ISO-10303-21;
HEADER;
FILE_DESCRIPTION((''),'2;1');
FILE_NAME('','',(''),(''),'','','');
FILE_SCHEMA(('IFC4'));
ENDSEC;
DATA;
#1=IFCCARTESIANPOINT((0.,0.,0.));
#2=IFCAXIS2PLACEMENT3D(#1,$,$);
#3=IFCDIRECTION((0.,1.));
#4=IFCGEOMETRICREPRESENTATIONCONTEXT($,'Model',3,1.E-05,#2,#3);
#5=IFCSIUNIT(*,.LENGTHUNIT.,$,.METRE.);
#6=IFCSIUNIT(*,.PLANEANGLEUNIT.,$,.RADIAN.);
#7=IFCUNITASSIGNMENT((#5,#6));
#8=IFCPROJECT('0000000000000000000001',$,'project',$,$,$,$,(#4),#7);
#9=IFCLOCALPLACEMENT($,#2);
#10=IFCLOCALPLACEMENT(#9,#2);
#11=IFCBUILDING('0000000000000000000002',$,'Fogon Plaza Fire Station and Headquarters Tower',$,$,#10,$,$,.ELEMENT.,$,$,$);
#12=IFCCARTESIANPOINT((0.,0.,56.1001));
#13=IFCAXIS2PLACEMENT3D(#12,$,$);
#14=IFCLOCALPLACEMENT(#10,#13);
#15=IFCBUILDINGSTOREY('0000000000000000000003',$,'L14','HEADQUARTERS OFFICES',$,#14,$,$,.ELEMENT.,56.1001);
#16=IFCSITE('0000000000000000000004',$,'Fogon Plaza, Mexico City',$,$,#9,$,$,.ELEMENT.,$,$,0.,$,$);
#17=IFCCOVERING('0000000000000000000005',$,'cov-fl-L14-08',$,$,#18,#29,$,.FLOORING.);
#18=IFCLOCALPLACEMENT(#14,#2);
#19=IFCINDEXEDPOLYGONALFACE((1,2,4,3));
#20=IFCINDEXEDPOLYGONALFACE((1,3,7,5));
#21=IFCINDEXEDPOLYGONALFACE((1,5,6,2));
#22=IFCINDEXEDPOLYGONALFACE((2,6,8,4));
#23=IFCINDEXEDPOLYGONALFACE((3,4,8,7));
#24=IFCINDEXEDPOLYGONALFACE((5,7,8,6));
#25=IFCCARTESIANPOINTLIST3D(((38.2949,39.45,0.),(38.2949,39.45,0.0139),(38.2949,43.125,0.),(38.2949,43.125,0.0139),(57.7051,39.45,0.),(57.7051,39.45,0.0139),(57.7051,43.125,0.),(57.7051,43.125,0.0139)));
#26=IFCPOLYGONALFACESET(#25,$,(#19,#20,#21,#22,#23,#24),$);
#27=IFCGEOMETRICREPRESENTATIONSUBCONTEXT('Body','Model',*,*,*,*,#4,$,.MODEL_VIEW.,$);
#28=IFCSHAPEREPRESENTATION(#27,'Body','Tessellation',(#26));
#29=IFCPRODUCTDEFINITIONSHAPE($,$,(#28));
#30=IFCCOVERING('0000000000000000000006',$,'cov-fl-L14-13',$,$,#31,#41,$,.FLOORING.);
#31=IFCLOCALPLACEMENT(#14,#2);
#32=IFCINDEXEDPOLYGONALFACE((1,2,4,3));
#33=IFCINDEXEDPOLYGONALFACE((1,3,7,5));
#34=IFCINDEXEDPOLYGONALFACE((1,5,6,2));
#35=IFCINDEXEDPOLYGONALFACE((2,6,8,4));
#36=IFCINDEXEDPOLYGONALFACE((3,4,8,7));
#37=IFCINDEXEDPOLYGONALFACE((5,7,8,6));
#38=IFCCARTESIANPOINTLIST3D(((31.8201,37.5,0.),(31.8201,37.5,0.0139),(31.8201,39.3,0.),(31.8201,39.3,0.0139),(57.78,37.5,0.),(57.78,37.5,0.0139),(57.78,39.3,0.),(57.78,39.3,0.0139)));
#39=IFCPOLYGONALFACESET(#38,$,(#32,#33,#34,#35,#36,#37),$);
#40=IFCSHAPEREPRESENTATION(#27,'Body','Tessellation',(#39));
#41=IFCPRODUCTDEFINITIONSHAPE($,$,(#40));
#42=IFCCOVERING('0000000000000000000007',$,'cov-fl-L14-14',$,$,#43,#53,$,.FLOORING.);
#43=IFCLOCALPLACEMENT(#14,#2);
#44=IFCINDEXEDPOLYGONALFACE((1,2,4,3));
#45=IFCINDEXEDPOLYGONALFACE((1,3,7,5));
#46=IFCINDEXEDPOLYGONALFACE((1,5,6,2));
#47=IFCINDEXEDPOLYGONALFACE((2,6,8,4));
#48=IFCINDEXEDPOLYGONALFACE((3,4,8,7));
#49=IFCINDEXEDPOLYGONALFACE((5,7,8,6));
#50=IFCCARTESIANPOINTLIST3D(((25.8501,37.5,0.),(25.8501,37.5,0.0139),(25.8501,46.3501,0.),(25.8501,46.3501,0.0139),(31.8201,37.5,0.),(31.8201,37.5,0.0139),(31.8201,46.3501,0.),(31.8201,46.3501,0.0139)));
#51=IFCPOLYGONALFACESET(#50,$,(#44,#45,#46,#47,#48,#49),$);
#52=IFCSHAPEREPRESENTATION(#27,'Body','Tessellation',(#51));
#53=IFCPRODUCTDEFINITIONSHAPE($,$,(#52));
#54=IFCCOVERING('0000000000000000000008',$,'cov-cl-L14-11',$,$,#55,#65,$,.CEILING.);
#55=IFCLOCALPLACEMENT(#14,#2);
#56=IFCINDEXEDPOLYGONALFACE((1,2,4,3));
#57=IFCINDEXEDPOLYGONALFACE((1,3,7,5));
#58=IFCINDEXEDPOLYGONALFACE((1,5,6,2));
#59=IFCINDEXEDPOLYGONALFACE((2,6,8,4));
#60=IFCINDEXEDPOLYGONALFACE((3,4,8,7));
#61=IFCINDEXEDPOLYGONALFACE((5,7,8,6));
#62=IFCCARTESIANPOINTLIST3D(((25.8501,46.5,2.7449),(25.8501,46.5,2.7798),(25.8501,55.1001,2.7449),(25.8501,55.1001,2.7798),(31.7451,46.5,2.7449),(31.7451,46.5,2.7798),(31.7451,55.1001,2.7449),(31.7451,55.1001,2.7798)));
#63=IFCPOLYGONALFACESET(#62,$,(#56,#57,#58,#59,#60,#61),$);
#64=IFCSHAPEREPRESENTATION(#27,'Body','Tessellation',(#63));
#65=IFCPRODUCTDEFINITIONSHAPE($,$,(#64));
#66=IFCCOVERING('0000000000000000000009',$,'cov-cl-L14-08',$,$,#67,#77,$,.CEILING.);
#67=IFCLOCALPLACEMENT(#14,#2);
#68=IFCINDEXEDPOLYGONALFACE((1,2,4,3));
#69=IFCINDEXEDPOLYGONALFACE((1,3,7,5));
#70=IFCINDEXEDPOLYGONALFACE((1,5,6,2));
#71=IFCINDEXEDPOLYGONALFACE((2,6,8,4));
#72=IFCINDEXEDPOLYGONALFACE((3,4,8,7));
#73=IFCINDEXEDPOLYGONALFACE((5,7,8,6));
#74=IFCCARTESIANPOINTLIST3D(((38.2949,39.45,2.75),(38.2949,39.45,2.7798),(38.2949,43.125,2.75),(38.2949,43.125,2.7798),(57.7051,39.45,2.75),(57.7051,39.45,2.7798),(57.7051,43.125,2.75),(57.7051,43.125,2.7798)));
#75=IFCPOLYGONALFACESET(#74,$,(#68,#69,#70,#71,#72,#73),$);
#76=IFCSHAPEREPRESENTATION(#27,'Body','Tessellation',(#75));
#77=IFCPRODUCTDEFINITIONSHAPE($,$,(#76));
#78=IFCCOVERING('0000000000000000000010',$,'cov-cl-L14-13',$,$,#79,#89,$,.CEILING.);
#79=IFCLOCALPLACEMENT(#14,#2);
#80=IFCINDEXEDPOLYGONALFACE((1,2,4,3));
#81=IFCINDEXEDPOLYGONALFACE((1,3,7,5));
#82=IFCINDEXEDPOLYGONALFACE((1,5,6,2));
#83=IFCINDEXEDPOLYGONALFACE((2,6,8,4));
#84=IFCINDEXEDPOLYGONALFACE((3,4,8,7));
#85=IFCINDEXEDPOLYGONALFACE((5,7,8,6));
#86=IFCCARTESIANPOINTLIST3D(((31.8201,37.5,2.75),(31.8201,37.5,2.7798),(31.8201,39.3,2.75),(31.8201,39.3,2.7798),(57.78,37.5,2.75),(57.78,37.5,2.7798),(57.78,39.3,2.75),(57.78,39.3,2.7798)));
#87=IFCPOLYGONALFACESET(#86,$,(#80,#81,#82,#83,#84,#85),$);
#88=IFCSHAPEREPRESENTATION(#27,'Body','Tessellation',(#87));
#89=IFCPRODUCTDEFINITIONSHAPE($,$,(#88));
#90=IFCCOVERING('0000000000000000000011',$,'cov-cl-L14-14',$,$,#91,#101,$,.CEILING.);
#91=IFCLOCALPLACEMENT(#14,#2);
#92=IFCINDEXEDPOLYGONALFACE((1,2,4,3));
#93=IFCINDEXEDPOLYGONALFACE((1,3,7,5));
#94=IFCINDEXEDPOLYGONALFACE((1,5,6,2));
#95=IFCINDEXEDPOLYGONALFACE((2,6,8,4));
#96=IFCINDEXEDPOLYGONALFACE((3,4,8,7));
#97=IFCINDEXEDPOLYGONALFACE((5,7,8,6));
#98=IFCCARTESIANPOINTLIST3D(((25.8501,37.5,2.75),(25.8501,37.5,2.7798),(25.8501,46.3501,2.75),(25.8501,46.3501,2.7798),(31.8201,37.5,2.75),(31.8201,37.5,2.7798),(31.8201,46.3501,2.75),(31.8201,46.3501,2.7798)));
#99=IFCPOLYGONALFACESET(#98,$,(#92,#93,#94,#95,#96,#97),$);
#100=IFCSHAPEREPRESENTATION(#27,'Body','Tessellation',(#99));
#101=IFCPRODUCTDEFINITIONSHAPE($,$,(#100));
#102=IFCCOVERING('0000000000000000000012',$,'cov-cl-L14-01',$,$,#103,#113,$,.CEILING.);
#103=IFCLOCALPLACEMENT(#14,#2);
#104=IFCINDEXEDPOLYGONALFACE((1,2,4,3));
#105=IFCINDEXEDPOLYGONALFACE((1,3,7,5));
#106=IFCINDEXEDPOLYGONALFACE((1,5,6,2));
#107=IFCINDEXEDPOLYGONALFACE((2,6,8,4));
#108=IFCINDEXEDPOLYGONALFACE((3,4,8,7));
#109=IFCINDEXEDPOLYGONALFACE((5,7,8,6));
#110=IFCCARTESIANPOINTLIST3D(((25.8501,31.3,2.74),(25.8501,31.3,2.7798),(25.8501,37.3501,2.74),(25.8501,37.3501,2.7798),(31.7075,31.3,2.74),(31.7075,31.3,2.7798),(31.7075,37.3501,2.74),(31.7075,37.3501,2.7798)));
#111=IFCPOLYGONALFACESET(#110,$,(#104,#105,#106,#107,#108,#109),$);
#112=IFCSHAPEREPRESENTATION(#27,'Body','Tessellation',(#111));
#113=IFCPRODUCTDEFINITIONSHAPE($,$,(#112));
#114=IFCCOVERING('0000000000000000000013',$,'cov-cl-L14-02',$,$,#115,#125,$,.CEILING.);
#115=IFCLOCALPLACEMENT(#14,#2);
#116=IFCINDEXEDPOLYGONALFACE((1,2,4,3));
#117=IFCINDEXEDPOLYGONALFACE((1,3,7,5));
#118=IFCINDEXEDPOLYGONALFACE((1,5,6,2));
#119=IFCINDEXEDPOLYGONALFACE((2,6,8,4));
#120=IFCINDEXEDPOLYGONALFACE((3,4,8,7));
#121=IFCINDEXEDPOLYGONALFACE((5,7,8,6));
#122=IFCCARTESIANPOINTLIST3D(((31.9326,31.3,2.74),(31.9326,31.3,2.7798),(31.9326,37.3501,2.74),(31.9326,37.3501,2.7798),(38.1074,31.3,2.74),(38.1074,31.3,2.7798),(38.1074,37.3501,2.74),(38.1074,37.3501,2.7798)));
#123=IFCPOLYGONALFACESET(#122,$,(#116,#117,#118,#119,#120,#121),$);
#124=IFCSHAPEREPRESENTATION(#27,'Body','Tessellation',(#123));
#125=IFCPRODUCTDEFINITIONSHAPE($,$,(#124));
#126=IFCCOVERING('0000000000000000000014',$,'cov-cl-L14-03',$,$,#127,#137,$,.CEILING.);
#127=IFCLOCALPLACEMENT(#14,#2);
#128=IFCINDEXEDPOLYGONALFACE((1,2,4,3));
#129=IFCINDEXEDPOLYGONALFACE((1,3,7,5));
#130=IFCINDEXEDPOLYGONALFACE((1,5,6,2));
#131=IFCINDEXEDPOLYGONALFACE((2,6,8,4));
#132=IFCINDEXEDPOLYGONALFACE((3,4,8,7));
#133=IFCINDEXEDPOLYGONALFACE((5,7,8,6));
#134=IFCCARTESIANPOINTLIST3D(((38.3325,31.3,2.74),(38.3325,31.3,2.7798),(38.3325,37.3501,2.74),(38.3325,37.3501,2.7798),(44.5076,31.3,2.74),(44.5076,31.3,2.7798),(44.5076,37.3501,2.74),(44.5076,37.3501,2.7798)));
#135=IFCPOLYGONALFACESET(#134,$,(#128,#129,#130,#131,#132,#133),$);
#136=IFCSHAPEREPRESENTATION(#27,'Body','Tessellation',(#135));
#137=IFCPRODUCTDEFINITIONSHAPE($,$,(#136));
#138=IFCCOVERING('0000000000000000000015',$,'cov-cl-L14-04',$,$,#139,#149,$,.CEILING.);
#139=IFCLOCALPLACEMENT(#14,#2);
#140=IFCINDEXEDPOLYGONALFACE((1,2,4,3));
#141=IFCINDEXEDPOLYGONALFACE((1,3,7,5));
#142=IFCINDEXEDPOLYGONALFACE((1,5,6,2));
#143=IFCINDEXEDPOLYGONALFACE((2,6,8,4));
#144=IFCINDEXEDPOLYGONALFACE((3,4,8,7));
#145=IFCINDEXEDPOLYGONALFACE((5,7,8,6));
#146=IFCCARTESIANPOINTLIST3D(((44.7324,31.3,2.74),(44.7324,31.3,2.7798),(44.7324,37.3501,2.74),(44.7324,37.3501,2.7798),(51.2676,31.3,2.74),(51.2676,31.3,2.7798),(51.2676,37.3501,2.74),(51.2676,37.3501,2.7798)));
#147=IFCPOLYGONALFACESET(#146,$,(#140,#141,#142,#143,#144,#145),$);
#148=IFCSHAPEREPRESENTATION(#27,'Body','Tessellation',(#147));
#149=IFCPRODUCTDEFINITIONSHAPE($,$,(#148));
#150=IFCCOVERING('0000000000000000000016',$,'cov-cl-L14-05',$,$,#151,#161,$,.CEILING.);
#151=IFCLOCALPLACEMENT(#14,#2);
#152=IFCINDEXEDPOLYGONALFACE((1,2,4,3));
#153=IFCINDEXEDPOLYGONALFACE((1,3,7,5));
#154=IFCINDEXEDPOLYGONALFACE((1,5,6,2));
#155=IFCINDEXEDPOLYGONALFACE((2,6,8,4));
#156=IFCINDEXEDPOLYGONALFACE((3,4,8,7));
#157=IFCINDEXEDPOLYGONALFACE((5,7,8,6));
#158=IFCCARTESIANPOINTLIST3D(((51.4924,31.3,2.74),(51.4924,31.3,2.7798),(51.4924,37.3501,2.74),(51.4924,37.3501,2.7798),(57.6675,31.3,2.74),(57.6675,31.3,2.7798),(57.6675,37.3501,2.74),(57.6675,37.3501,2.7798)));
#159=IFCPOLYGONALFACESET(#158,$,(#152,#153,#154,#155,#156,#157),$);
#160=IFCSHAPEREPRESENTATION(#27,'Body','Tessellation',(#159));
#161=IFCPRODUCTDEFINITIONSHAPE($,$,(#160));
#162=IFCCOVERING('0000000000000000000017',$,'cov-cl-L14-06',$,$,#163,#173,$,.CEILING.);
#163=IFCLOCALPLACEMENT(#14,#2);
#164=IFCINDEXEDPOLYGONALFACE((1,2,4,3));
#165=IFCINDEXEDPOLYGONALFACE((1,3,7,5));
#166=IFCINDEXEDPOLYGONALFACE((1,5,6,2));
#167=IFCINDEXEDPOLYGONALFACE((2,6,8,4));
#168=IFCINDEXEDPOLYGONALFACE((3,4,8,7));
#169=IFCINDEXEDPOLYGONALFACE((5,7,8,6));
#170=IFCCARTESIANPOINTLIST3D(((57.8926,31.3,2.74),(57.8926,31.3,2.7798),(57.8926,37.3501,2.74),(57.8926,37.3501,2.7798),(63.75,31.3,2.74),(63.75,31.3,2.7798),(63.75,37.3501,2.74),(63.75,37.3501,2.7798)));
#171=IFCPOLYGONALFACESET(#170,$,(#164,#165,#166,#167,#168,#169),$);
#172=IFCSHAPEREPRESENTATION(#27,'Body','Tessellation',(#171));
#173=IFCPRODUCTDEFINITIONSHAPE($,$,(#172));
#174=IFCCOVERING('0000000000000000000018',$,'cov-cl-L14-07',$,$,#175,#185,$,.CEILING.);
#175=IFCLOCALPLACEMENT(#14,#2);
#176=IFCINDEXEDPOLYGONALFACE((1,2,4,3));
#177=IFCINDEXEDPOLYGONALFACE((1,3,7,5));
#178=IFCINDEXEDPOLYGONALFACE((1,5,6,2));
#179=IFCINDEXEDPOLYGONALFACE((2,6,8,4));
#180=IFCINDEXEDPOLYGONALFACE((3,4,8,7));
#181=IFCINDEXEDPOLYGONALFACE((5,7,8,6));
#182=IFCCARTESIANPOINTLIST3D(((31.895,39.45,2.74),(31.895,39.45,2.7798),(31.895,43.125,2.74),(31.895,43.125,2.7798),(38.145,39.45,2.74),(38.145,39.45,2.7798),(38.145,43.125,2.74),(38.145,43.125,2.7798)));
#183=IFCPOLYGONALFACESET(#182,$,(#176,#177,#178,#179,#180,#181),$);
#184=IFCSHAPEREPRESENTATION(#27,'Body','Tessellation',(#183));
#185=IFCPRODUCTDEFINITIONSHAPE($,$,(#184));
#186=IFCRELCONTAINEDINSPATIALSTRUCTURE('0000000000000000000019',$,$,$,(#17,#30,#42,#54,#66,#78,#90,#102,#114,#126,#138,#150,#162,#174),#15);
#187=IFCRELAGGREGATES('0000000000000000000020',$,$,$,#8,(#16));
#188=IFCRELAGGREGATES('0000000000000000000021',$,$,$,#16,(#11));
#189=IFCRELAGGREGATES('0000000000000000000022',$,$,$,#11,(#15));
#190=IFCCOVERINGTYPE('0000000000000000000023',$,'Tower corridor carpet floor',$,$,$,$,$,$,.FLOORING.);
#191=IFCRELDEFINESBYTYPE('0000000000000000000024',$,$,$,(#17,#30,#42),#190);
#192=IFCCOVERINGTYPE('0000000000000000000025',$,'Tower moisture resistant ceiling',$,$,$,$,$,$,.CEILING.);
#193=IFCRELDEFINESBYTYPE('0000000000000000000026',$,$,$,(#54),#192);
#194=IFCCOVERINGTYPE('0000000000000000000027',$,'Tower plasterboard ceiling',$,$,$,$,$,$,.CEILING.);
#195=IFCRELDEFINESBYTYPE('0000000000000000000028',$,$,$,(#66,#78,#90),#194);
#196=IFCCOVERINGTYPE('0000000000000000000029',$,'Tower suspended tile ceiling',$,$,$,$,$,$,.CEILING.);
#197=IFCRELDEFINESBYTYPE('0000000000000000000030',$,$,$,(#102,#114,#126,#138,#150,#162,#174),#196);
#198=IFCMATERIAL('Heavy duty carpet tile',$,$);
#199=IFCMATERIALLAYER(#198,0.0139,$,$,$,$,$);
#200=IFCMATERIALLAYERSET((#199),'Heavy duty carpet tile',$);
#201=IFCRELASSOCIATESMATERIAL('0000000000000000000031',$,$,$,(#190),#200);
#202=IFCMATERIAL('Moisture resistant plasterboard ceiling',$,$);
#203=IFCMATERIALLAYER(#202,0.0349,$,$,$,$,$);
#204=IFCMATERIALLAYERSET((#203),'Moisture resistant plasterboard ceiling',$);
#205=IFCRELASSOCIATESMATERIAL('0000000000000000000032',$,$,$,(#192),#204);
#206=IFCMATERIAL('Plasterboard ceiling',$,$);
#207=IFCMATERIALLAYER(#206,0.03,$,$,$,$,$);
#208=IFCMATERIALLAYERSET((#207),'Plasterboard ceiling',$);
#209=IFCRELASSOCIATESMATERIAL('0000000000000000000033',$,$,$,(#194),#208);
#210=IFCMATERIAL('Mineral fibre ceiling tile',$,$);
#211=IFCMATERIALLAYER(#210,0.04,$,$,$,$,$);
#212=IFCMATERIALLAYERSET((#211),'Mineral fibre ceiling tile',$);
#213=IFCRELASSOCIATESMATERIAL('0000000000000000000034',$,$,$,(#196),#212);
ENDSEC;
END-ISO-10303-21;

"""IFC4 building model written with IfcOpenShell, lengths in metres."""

from ifc_helpers import new_model, si_unit, direction, frame, origin, place, context, subcontext, project, spatial, polyline, outline, extrude, material, layer, layer_set, type_object, element, save


model = new_model("IFC4")

# Units and contexts
model_context = context("Model", 3, precision=1e-05, world=origin(), true_north=direction((0.0, 1.0)))
body_context = subcontext(model_context, "Body", "Model", "MODEL_VIEW")
ifc_project = project(units=[si_unit("LENGTHUNIT", "METRE"), si_unit("PLANEANGLEUNIT", "RADIAN")], contexts=[model_context])

# Site, building, storey
site_placement = place(None, origin())
site = spatial("IfcSite", under=ifc_project, at=site_placement, Name="Fogon Plaza, Mexico City", CompositionType="ELEMENT", RefElevation=0.0)
building_placement = place(site_placement, origin())
building = spatial("IfcBuilding", under=site, at=building_placement, Name="Fogon Plaza Fire Station and Headquarters Tower", CompositionType="ELEMENT")
storey_placement = place(building_placement, frame((0.0, 0.0, 56.1001)))
storey = spatial("IfcBuildingStorey", under=building, at=storey_placement, Name="L14", Description="HEADQUARTERS OFFICES", CompositionType="ELEMENT", Elevation=56.1001)

# Coverings
ifc_material_1 = material(Name="Heavy duty carpet tile")
ifc_layer_1 = layer(ifc_material_1, 0.0139)
ifc_layer_set_1 = layer_set([ifc_layer_1], Name="Heavy duty carpet tile")
covering_type_1 = type_object("IfcCoveringType", Name="Tower corridor carpet floor", PredefinedType="FLOORING", material=ifc_layer_set_1)
covering_1_placement = place(storey_placement, origin())
element("IfcCovering", 1, at=covering_1_placement, inside=storey, type_object=covering_type_1, Name="cov-fl-L14-08", PredefinedType="FLOORING", context=body_context, shape_type="SweptSolid", body=[
    extrude(outline(polyline([(57.7051, 39.45), (57.7051, 43.125), (38.2949, 43.125), (38.2949, 39.45), (57.7051, 39.45)])), origin(), (0.0, 0.0, 1.0), 0.0139),
])
covering_2_placement = place(storey_placement, origin())
element("IfcCovering", 2, at=covering_2_placement, inside=storey, type_object=covering_type_1, Name="cov-fl-L14-13", PredefinedType="FLOORING", context=body_context, shape_type="SweptSolid", body=[
    extrude(outline(polyline([(57.78, 37.5), (57.78, 39.3), (31.8201, 39.3), (31.8201, 37.5), (57.78, 37.5)])), origin(), (0.0, 0.0, 1.0), 0.0139),
])
covering_3_placement = place(storey_placement, origin())
element("IfcCovering", 3, at=covering_3_placement, inside=storey, type_object=covering_type_1, Name="cov-fl-L14-14", PredefinedType="FLOORING", context=body_context, shape_type="SweptSolid", body=[
    extrude(outline(polyline([(31.8201, 37.5), (31.8201, 46.3501), (25.8501, 46.3501), (25.8501, 37.5), (31.8201, 37.5)])), origin(), (0.0, 0.0, 1.0), 0.0139),
])
ifc_material_2 = material(Name="Moisture resistant plasterboard ceiling")
ifc_layer_2 = layer(ifc_material_2, 0.0349)
ifc_layer_set_2 = layer_set([ifc_layer_2], Name="Moisture resistant plasterboard ceiling")
covering_type_2 = type_object("IfcCoveringType", Name="Tower moisture resistant ceiling", PredefinedType="CEILING", material=ifc_layer_set_2)
covering_4_placement = place(storey_placement, frame((0.0, 0.0, 2.7449)))
element("IfcCovering", 4, at=covering_4_placement, inside=storey, type_object=covering_type_2, Name="cov-cl-L14-11", PredefinedType="CEILING", context=body_context, shape_type="SweptSolid", body=[
    extrude(outline(polyline([(31.7451, 46.5), (31.7451, 55.1001), (25.8501, 55.1001), (25.8501, 46.5), (31.7451, 46.5)])), origin(), (0.0, 0.0, 1.0), 0.0349),
])
ifc_material_3 = material(Name="Plasterboard ceiling")
ifc_layer_3 = layer(ifc_material_3, 0.03)
ifc_layer_set_3 = layer_set([ifc_layer_3], Name="Plasterboard ceiling")
covering_type_3 = type_object("IfcCoveringType", Name="Tower plasterboard ceiling", PredefinedType="CEILING", material=ifc_layer_set_3)
covering_5_placement = place(storey_placement, frame((0.0, 0.0, 2.75)))
element("IfcCovering", 5, at=covering_5_placement, inside=storey, type_object=covering_type_3, Name="cov-cl-L14-08", PredefinedType="CEILING", context=body_context, shape_type="SweptSolid", body=[
    extrude(outline(polyline([(57.7051, 39.45), (57.7051, 43.125), (38.2949, 43.125), (38.2949, 39.45), (57.7051, 39.45)])), origin(), (0.0, 0.0, 1.0), 0.0298),
])
covering_6_placement = place(storey_placement, frame((0.0, 0.0, 2.75)))
element("IfcCovering", 6, at=covering_6_placement, inside=storey, type_object=covering_type_3, Name="cov-cl-L14-13", PredefinedType="CEILING", context=body_context, shape_type="SweptSolid", body=[
    extrude(outline(polyline([(57.78, 37.5), (57.78, 39.3), (31.8201, 39.3), (31.8201, 37.5), (57.78, 37.5)])), origin(), (0.0, 0.0, 1.0), 0.0298),
])
covering_7_placement = place(storey_placement, frame((0.0, 0.0, 2.75)))
element("IfcCovering", 7, at=covering_7_placement, inside=storey, type_object=covering_type_3, Name="cov-cl-L14-14", PredefinedType="CEILING", context=body_context, shape_type="SweptSolid", body=[
    extrude(outline(polyline([(31.8201, 37.5), (31.8201, 46.3501), (25.8501, 46.3501), (25.8501, 37.5), (31.8201, 37.5)])), origin(), (0.0, 0.0, 1.0), 0.0298),
])
ifc_material_4 = material(Name="Mineral fibre ceiling tile")
ifc_layer_4 = layer(ifc_material_4, 0.04)
ifc_layer_set_4 = layer_set([ifc_layer_4], Name="Mineral fibre ceiling tile")
covering_type_4 = type_object("IfcCoveringType", Name="Tower suspended tile ceiling", PredefinedType="CEILING", material=ifc_layer_set_4)
covering_8_placement = place(storey_placement, frame((0.0, 0.0, 2.74)))
element("IfcCovering", 8, at=covering_8_placement, inside=storey, type_object=covering_type_4, Name="cov-cl-L14-01", PredefinedType="CEILING", context=body_context, shape_type="SweptSolid", body=[
    extrude(outline(polyline([(31.7075, 31.3), (31.7075, 37.3501), (25.8501, 37.3501), (25.8501, 31.3), (31.7075, 31.3)])), origin(), (0.0, 0.0, 1.0), 0.0398),
])
covering_9_placement = place(storey_placement, frame((0.0, 0.0, 2.74)))
element("IfcCovering", 9, at=covering_9_placement, inside=storey, type_object=covering_type_4, Name="cov-cl-L14-02", PredefinedType="CEILING", context=body_context, shape_type="SweptSolid", body=[
    extrude(outline(polyline([(38.1074, 31.3), (38.1074, 37.3501), (31.9326, 37.3501), (31.9326, 31.3), (38.1074, 31.3)])), origin(), (0.0, 0.0, 1.0), 0.0398),
])
covering_10_placement = place(storey_placement, frame((0.0, 0.0, 2.74)))
element("IfcCovering", 10, at=covering_10_placement, inside=storey, type_object=covering_type_4, Name="cov-cl-L14-03", PredefinedType="CEILING", context=body_context, shape_type="SweptSolid", body=[
    extrude(outline(polyline([(44.5076, 31.3), (44.5076, 37.3501), (38.3325, 37.3501), (38.3325, 31.3), (44.5076, 31.3)])), origin(), (0.0, 0.0, 1.0), 0.0398),
])
covering_11_placement = place(storey_placement, frame((0.0, 0.0, 2.74)))
element("IfcCovering", 11, at=covering_11_placement, inside=storey, type_object=covering_type_4, Name="cov-cl-L14-04", PredefinedType="CEILING", context=body_context, shape_type="SweptSolid", body=[
    extrude(outline(polyline([(51.2676, 31.3), (51.2676, 37.3501), (44.7324, 37.3501), (44.7324, 31.3), (51.2676, 31.3)])), origin(), (0.0, 0.0, 1.0), 0.0398),
])
covering_12_placement = place(storey_placement, frame((0.0, 0.0, 2.74)))
element("IfcCovering", 12, at=covering_12_placement, inside=storey, type_object=covering_type_4, Name="cov-cl-L14-05", PredefinedType="CEILING", context=body_context, shape_type="SweptSolid", body=[
    extrude(outline(polyline([(57.6675, 31.3), (57.6675, 37.3501), (51.4924, 37.3501), (51.4924, 31.3), (57.6675, 31.3)])), origin(), (0.0, 0.0, 1.0), 0.0398),
])
covering_13_placement = place(storey_placement, frame((0.0, 0.0, 2.74)))
element("IfcCovering", 13, at=covering_13_placement, inside=storey, type_object=covering_type_4, Name="cov-cl-L14-06", PredefinedType="CEILING", context=body_context, shape_type="SweptSolid", body=[
    extrude(outline(polyline([(63.75, 31.3), (63.75, 37.3501), (57.8926, 37.3501), (57.8926, 31.3), (63.75, 31.3)])), origin(), (0.0, 0.0, 1.0), 0.0398),
])
covering_14_placement = place(storey_placement, frame((0.0, 0.0, 2.74)))
element("IfcCovering", 14, at=covering_14_placement, inside=storey, type_object=covering_type_4, Name="cov-cl-L14-07", PredefinedType="CEILING", context=body_context, shape_type="SweptSolid", body=[
    extrude(outline(polyline([(38.145, 39.45), (38.145, 43.125), (31.895, 43.125), (31.895, 39.45), (38.145, 39.45)])), origin(), (0.0, 0.0, 1.0), 0.0398),
])

save(model, "model.ifc")
